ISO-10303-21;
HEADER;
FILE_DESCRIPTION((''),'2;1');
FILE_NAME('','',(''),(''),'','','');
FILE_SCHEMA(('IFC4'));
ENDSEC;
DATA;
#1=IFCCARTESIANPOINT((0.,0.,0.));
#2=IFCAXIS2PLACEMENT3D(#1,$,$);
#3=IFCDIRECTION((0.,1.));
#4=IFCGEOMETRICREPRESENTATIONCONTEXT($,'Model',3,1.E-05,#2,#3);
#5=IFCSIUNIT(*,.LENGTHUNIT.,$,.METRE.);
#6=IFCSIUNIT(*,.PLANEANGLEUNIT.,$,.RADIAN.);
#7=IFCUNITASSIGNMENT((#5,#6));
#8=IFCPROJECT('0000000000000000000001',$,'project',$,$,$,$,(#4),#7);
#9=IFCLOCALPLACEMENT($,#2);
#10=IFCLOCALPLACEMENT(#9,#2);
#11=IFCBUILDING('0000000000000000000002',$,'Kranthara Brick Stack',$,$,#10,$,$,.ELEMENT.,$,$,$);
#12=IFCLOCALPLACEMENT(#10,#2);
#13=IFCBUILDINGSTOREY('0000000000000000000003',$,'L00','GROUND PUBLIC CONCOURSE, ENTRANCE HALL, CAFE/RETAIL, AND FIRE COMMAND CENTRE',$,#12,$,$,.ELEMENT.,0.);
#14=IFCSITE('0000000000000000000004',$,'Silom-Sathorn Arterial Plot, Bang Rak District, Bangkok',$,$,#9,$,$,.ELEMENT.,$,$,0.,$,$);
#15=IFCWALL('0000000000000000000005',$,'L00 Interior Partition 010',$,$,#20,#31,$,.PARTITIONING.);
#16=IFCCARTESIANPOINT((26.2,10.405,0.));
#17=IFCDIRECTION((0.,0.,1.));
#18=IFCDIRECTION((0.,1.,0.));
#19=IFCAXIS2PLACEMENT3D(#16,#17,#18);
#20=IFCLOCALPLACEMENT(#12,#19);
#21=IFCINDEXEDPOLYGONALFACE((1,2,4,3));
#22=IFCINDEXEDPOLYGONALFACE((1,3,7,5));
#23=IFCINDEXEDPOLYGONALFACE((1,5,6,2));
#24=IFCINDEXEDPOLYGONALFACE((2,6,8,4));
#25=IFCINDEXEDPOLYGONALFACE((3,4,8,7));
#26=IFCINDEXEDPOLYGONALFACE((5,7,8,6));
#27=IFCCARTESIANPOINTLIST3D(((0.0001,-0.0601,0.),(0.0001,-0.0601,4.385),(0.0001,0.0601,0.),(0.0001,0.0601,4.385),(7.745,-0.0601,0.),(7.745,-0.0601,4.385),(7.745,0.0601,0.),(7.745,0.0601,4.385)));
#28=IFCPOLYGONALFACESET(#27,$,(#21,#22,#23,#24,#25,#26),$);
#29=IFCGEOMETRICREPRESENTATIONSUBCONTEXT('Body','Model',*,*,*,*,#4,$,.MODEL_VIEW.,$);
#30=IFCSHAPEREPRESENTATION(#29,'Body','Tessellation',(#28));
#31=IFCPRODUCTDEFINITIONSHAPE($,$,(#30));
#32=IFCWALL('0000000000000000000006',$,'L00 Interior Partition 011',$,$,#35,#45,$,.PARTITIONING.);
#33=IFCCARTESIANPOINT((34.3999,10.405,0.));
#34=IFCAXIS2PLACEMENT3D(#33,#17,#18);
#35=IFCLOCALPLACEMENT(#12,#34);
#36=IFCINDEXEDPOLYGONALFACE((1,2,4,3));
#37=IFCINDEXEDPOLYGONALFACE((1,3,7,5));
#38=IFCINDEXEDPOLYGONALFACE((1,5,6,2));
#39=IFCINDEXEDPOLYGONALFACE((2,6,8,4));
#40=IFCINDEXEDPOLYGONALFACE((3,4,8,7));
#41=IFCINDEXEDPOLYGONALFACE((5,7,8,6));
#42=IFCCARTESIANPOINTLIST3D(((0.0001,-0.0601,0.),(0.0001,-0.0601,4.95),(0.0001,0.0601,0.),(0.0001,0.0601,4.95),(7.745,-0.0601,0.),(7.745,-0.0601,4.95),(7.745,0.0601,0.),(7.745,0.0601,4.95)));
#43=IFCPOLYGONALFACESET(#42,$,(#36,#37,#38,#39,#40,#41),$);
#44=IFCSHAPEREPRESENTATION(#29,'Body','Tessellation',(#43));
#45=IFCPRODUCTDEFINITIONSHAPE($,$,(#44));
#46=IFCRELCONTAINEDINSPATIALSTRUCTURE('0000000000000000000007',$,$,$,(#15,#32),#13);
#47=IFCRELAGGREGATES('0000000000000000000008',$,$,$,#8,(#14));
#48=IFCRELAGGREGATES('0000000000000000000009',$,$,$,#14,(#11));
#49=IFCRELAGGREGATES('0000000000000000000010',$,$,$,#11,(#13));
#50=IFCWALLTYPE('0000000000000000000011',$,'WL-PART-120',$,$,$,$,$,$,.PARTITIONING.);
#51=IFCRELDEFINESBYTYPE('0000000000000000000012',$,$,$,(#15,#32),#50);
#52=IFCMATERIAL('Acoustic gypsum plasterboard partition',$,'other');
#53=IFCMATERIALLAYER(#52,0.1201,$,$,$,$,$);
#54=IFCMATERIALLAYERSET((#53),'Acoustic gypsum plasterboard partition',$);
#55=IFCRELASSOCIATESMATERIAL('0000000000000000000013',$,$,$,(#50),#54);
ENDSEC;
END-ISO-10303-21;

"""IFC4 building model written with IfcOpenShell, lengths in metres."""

from ifc_helpers import new_model, si_unit, direction, frame, frame_2d, origin, place, context, subcontext, project, spatial, rectangle, extrude, material, layer, layer_set, type_object, element, save


model = new_model("IFC4")

# Units and contexts
model_context = context("Model", 3, precision=1e-05, world=origin(), true_north=direction((0.0, 1.0)))
body_context = subcontext(model_context, "Body", "Model", "MODEL_VIEW")
ifc_project = project(units=[si_unit("LENGTHUNIT", "METRE"), si_unit("PLANEANGLEUNIT", "RADIAN")], contexts=[model_context])

# Site, building, storey
site_placement = place(None, origin())
site = spatial("IfcSite", under=ifc_project, at=site_placement, Name="Silom-Sathorn Arterial Plot, Bang Rak District, Bangkok", CompositionType="ELEMENT", RefElevation=0.0)
building_placement = place(site_placement, origin())
building = spatial("IfcBuilding", under=site, at=building_placement, Name="Kranthara Brick Stack", CompositionType="ELEMENT")
storey_placement = place(building_placement, origin())
storey = spatial("IfcBuildingStorey", under=building, at=storey_placement, Name="L00", Description="GROUND PUBLIC CONCOURSE, ENTRANCE HALL, CAFE/RETAIL, AND FIRE COMMAND CENTRE", CompositionType="ELEMENT", Elevation=0.0)

# Walls
ifc_material_1 = material(Name="Acoustic gypsum plasterboard partition", Category="other")
ifc_layer_1 = layer(ifc_material_1, 0.1201)
ifc_layer_set_1 = layer_set([ifc_layer_1], Name="Acoustic gypsum plasterboard partition")
wall_type_1 = type_object("IfcWallType", Name="WL-PART-120", PredefinedType="PARTITIONING", material=ifc_layer_set_1)
wall_1_placement = place(storey_placement, frame((26.2, 10.405, 0.0), z_axis=(0.0, 0.0, 1.0), x_axis=(0.0, 1.0, 0.0)))
element("IfcWall", 1, at=wall_1_placement, inside=storey, type_object=wall_type_1, Name="L00 Interior Partition 010", PredefinedType="PARTITIONING", context=body_context, shape_type="SweptSolid", body=[
    extrude(rectangle(XDim=7.7449, YDim=0.1201, at=frame_2d((3.8726, 0.0))), origin(), (0.0, 0.0, 1.0), 4.385),
])
wall_2_placement = place(storey_placement, frame((34.3999, 10.405, 0.0), z_axis=(0.0, 0.0, 1.0), x_axis=(0.0, 1.0, 0.0)))
element("IfcWall", 2, at=wall_2_placement, inside=storey, type_object=wall_type_1, Name="L00 Interior Partition 011", PredefinedType="PARTITIONING", context=body_context, shape_type="SweptSolid", body=[
    extrude(rectangle(XDim=7.7449, YDim=0.1201, at=frame_2d((3.8726, 0.0))), origin(), (0.0, 0.0, 1.0), 4.95),
])

save(model, "model.ifc")
